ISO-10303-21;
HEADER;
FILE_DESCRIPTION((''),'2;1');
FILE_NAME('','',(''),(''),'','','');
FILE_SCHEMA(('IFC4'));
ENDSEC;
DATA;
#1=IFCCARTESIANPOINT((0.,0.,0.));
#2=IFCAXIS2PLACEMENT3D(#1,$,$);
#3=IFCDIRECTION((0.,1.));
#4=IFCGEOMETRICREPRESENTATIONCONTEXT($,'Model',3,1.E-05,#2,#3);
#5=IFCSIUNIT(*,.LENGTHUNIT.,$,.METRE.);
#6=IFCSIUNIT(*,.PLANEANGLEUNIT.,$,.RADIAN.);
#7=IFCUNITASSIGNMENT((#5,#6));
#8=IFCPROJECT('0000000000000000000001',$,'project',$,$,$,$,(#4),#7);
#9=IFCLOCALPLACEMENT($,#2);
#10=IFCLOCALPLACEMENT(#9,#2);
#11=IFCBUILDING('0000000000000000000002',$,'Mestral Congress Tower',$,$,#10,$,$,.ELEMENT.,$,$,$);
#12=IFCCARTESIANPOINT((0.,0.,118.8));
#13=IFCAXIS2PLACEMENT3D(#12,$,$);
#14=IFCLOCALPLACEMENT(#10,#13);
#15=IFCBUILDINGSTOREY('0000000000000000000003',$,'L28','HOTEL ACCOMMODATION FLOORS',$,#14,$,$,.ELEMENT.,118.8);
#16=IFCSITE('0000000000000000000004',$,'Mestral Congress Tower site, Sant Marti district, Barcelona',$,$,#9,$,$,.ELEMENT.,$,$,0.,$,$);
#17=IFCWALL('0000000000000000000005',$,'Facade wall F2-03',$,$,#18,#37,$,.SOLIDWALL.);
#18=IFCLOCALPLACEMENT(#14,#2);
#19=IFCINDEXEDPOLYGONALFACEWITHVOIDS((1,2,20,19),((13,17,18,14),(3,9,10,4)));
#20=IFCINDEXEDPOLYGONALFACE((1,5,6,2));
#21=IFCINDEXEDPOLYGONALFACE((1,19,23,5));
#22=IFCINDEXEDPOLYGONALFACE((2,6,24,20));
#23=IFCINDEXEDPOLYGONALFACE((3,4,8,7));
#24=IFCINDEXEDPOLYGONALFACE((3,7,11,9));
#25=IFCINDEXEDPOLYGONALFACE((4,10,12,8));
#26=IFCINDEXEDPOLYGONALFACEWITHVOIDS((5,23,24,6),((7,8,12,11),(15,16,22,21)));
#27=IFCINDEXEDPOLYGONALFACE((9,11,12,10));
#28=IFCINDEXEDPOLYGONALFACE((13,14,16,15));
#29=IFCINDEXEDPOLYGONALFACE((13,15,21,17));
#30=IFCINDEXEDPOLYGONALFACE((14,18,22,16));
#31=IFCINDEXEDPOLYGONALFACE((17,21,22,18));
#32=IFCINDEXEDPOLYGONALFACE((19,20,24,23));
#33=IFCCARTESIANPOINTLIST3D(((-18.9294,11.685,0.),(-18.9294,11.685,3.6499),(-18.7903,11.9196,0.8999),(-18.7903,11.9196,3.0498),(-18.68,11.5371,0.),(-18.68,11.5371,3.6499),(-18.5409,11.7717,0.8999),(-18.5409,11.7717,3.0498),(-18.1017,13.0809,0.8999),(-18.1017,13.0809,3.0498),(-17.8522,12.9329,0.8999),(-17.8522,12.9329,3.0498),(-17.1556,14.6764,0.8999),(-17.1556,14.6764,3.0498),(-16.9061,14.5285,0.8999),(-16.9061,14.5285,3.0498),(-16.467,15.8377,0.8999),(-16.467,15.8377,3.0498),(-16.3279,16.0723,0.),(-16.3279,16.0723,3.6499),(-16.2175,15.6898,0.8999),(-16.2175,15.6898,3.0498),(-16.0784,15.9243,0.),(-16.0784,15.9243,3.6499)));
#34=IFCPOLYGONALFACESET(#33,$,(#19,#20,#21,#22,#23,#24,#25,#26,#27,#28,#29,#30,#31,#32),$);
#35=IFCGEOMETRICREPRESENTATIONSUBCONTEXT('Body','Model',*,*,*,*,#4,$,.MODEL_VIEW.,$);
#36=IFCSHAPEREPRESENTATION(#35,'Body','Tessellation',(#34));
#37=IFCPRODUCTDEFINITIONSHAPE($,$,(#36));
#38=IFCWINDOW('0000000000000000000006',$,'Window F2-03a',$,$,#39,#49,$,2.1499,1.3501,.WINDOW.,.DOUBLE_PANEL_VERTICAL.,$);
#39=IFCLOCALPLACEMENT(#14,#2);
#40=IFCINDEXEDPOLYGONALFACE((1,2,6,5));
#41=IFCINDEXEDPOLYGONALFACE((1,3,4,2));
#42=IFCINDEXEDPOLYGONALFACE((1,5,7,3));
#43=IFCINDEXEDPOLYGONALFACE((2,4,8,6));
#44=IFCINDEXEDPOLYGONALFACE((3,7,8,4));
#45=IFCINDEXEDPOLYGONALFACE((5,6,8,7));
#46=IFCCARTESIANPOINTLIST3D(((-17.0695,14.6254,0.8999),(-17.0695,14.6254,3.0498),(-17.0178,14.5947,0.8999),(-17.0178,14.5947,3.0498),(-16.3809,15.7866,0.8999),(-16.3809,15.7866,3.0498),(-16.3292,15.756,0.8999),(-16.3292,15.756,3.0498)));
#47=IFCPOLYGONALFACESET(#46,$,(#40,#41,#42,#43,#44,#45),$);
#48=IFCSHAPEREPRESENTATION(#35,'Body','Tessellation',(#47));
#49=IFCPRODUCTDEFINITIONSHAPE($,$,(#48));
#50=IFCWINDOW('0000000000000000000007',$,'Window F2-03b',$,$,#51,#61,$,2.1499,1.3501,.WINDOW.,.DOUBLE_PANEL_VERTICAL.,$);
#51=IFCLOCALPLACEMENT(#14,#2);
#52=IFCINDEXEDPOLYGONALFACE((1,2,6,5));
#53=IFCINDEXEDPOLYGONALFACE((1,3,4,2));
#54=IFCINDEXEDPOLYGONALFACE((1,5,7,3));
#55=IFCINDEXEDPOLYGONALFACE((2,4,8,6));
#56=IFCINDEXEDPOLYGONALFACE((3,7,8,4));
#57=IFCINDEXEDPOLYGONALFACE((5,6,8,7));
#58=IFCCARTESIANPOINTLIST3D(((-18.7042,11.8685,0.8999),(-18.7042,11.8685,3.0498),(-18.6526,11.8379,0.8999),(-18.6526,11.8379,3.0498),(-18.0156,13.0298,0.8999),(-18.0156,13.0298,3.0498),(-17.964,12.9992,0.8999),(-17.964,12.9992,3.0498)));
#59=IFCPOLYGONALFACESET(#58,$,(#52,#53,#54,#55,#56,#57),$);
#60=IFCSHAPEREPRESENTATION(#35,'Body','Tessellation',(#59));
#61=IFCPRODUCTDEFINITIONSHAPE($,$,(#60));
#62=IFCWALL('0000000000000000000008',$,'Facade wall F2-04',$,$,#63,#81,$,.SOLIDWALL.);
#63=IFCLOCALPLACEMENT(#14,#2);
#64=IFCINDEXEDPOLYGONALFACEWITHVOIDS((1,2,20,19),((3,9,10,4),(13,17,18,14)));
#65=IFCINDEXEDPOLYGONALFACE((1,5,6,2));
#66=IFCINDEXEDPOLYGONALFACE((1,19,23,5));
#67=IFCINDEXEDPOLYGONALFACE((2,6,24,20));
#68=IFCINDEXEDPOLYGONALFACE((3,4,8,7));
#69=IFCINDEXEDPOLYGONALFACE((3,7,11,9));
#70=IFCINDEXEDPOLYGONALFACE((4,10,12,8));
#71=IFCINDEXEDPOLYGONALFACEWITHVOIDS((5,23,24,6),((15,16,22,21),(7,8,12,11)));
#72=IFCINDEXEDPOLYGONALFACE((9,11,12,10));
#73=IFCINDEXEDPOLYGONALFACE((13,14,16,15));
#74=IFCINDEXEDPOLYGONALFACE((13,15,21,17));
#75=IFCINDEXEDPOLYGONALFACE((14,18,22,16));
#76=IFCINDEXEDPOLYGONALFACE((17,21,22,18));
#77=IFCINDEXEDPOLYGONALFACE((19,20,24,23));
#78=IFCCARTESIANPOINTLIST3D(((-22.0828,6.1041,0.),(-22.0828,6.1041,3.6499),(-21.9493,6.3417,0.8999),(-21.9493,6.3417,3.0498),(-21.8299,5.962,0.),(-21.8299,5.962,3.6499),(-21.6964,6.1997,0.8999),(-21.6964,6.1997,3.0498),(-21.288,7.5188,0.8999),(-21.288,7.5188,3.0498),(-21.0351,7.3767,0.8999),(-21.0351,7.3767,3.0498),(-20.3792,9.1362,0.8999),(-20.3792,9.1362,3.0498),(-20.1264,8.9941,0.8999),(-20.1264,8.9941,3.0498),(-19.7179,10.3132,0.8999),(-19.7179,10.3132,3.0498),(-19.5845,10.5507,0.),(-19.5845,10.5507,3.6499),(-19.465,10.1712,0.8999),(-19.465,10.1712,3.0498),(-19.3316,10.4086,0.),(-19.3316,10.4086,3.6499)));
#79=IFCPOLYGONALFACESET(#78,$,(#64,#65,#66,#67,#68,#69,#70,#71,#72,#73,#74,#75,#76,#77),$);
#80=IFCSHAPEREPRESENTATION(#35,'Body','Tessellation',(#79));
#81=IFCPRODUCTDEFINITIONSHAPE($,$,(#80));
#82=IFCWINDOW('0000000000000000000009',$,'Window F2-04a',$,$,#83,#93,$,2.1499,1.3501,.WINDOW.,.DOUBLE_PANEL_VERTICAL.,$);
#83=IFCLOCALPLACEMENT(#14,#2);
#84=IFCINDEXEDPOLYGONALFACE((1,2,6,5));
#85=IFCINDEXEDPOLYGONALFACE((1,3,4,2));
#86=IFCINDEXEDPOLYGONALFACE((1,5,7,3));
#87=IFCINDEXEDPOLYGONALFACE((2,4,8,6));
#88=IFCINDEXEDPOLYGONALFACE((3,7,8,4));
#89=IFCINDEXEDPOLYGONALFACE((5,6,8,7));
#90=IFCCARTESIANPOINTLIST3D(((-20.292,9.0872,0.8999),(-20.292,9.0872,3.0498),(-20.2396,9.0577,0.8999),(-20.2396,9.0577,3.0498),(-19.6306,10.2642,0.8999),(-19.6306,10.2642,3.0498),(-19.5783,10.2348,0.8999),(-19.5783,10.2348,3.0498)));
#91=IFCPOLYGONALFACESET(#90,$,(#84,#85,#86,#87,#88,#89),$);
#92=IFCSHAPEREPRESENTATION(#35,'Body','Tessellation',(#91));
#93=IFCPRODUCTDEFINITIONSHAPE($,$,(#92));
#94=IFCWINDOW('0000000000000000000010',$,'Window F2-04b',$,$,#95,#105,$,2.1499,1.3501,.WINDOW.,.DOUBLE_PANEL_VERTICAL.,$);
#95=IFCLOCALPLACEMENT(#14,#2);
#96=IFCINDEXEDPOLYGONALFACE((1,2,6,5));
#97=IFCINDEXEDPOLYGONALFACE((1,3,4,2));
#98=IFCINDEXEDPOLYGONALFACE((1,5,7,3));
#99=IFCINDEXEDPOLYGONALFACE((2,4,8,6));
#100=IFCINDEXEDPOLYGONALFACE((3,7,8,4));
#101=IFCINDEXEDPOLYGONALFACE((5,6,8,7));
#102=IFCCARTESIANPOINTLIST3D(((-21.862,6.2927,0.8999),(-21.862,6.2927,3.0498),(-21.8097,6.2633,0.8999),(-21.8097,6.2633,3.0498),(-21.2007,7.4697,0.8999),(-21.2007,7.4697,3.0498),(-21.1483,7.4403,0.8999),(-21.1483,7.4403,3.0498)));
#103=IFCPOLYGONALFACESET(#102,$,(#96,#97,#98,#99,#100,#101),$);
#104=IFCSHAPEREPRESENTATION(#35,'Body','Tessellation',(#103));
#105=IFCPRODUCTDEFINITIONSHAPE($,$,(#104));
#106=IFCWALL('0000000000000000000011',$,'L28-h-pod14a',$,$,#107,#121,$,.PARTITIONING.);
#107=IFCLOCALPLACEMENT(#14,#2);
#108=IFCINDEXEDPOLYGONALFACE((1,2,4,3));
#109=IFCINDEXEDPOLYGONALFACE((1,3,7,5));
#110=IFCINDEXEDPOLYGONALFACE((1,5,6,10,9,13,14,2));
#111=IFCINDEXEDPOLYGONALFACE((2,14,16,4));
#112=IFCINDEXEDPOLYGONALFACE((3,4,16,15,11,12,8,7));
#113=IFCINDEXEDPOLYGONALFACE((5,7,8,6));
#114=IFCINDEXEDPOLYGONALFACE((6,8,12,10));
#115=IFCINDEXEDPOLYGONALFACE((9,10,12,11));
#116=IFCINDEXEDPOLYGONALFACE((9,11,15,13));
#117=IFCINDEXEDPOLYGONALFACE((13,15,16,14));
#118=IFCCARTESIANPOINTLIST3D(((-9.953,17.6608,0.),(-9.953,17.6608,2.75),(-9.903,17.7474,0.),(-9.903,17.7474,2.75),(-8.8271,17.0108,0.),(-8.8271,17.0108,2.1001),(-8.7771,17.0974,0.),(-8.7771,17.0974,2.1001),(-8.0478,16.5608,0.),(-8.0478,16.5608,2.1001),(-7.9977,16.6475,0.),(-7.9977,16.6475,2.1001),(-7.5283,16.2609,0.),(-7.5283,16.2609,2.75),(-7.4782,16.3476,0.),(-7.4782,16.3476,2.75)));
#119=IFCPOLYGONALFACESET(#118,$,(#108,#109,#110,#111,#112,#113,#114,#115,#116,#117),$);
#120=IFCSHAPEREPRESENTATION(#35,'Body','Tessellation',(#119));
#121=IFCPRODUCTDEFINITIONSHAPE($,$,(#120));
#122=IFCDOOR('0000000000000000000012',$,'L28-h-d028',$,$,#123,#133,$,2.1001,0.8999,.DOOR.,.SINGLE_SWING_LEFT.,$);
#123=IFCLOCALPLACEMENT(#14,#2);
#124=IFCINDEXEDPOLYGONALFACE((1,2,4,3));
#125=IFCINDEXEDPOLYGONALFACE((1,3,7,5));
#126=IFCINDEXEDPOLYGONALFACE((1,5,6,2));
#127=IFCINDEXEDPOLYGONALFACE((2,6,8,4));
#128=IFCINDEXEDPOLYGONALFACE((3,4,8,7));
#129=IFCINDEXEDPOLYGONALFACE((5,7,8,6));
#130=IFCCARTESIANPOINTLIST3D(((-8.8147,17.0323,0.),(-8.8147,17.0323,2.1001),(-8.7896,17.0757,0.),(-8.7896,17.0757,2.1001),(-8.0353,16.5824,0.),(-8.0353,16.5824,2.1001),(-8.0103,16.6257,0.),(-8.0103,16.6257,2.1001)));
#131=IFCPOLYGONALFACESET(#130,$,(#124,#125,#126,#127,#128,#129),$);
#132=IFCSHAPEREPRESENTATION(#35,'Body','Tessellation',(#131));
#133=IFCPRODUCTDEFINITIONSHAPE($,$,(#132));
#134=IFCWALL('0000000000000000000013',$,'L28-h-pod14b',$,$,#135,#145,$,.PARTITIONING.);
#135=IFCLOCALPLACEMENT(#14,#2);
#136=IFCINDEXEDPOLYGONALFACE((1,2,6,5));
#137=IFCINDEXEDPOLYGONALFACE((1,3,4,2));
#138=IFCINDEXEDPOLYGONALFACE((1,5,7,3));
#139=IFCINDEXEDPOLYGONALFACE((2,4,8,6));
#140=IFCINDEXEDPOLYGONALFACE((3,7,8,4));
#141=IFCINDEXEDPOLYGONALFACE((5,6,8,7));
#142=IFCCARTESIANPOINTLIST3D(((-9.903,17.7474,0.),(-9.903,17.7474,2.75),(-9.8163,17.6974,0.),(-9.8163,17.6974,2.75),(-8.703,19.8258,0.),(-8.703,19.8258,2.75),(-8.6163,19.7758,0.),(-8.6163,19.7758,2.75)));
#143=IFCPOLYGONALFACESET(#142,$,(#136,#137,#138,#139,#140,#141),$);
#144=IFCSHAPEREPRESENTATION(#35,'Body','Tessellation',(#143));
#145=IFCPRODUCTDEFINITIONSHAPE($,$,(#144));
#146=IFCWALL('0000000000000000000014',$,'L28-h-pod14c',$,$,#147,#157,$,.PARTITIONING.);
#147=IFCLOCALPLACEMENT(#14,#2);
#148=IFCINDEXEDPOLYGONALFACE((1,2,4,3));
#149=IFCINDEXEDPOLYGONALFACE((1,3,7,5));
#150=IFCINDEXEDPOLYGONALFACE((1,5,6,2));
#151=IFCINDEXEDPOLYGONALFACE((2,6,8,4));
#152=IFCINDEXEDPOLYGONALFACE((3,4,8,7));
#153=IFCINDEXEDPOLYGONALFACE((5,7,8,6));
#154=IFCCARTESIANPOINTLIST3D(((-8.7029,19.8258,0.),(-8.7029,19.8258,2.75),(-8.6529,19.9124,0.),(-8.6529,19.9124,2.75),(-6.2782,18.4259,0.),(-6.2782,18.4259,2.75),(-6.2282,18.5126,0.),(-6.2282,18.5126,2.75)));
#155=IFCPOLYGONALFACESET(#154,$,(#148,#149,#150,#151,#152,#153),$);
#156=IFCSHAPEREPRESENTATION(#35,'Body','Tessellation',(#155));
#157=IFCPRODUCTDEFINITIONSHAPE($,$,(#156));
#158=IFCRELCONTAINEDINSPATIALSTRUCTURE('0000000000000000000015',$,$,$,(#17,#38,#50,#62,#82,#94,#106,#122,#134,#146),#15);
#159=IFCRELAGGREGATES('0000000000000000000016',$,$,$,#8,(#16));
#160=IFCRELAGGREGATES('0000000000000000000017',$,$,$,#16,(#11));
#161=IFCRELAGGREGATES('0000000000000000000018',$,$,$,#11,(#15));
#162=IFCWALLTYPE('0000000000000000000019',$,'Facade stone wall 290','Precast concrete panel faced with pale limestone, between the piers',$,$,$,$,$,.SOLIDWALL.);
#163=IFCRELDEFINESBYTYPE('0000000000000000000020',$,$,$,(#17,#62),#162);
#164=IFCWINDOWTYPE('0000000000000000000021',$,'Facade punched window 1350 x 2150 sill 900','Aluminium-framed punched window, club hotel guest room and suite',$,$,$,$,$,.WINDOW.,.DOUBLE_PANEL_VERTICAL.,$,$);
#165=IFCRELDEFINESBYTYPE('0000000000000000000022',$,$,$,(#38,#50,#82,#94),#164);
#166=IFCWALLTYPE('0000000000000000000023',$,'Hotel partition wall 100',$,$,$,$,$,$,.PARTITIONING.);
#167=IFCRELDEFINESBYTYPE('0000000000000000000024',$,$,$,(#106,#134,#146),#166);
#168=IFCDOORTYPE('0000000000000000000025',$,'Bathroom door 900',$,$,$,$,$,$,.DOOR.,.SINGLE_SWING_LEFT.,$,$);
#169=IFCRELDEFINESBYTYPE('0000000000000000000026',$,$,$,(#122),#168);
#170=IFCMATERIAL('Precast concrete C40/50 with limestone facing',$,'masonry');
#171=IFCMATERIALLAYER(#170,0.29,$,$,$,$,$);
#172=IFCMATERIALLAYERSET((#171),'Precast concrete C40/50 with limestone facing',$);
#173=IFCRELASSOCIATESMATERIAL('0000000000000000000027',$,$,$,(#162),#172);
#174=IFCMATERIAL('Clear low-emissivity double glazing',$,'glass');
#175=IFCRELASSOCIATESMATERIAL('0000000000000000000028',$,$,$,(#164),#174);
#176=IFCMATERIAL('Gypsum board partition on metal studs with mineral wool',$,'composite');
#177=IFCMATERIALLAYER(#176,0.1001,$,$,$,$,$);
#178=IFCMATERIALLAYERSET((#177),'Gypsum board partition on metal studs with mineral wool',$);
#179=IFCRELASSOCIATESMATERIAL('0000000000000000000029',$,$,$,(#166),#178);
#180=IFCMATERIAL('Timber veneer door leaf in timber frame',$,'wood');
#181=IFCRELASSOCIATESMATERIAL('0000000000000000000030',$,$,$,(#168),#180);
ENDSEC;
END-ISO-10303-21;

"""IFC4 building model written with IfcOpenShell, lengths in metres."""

from ifc_helpers import new_model, si_unit, direction, frame, frame_2d, origin, place, context, subcontext, project, spatial, rectangle, extrude, material, layer, layer_set, type_object, element, fill, save


model = new_model("IFC4")

# Units and contexts
model_context = context("Model", 3, precision=1e-05, world=origin(), true_north=direction((0.0, 1.0)))
body_context = subcontext(model_context, "Body", "Model", "MODEL_VIEW")
ifc_project = project(units=[si_unit("LENGTHUNIT", "METRE"), si_unit("PLANEANGLEUNIT", "RADIAN")], contexts=[model_context])

# Site, building, storey
site_placement = place(None, origin())
site = spatial("IfcSite", under=ifc_project, at=site_placement, Name="Mestral Congress Tower site, Sant Marti district, Barcelona", CompositionType="ELEMENT", RefElevation=0.0)
building_placement = place(site_placement, origin())
building = spatial("IfcBuilding", under=site, at=building_placement, Name="Mestral Congress Tower", CompositionType="ELEMENT")
storey_placement = place(building_placement, frame((0.0, 0.0, 118.8)))
storey = spatial("IfcBuildingStorey", under=building, at=storey_placement, Name="L28", Description="HOTEL ACCOMMODATION FLOORS", CompositionType="ELEMENT", Elevation=118.8)

# Walls, openings, windows
ifc_material_1 = material(Name="Precast concrete C40/50 with limestone facing", Category="masonry")
ifc_layer_1 = layer(ifc_material_1, 0.29)
ifc_layer_set_1 = layer_set([ifc_layer_1], Name="Precast concrete C40/50 with limestone facing")
wall_type_1 = type_object("IfcWallType", Name="Facade stone wall 290", Description="Precast concrete panel faced with pale limestone, between the piers", PredefinedType="SOLIDWALL", material=ifc_layer_set_1)
ifc_material_2 = material(Name="Clear low-emissivity double glazing", Category="glass")
window_type = type_object("IfcWindowType", Name="Facade punched window 1350 x 2150 sill 900", Description="Aluminium-framed punched window, club hotel guest room and suite", PartitioningType="DOUBLE_PANEL_VERTICAL", PredefinedType="WINDOW", material=ifc_material_2)
wall_1_placement = place(storey_placement, frame((-16.2031, 15.9983, 0.0), z_axis=(0.0, 0.0, 1.0), x_axis=(-0.510054, -0.860142, 0.0)))
wall_1 = element("IfcWall", 1, at=wall_1_placement, inside=storey, type_object=wall_type_1, Name="Facade wall F2-03", PredefinedType="SOLIDWALL", context=body_context, shape_type="SweptSolid", body=[
    extrude(rectangle(XDim=5.1006, YDim=0.29, at=frame_2d((2.5503, 0.0))), origin(), (0.0, 0.0, 1.0), 3.6499),
])
opening_1_placement = place(wall_1_placement, frame((0.2727, 0.0, 0.8999)))
opening_1 = element("IfcOpeningElement", 2, at=opening_1_placement, cuts=wall_1, PredefinedType="OPENING", context=body_context, shape_type="SweptSolid", body=[
    extrude(rectangle(XDim=1.3501, YDim=2.1499, at=frame_2d((0.675, 1.075))), frame((0.0, 0.155, 0.0), z_axis=(0.0, -1.0, 0.0), x_axis=(1.0, 0.0, 0.0)), (0.0, 0.0, 1.0), 0.3101),
])
opening_2_placement = place(wall_1_placement, frame((3.4778, 0.0, 0.8999)))
opening_2 = element("IfcOpeningElement", 3, at=opening_2_placement, cuts=wall_1, PredefinedType="OPENING", context=body_context, shape_type="SweptSolid", body=[
    extrude(rectangle(XDim=1.3501, YDim=2.1499, at=frame_2d((0.675, 1.075))), frame((0.0, 0.155, 0.0), z_axis=(0.0, -1.0, 0.0), x_axis=(1.0, 0.0, 0.0)), (0.0, 0.0, 1.0), 0.3101),
])
window_1_placement = place(opening_1_placement, origin())
window_1 = element("IfcWindow", 4, at=window_1_placement, inside=storey, type_object=window_type, Name="Window F2-03a", OverallHeight=2.1499, OverallWidth=1.3501, PartitioningType="DOUBLE_PANEL_VERTICAL", PredefinedType="WINDOW", context=body_context, shape_type="SweptSolid", body=[
    extrude(rectangle(XDim=1.3501, YDim=2.1499, at=frame_2d((0.675, 1.075))), frame((0.0, 0.0151, 0.0), z_axis=(0.0, -1.0, 0.0), x_axis=(1.0, 0.0, 0.0)), (0.0, 0.0, 1.0), 0.0601),
])
fill(opening_1, window_1)
window_2_placement = place(opening_2_placement, origin())
window_2 = element("IfcWindow", 5, at=window_2_placement, inside=storey, type_object=window_type, Name="Window F2-03b", OverallHeight=2.1499, OverallWidth=1.3501, PartitioningType="DOUBLE_PANEL_VERTICAL", PredefinedType="WINDOW", context=body_context, shape_type="SweptSolid", body=[
    extrude(rectangle(XDim=1.3501, YDim=2.1499, at=frame_2d((0.675, 1.075))), frame((0.0, 0.0151, 0.0), z_axis=(0.0, -1.0, 0.0), x_axis=(1.0, 0.0, 0.0)), (0.0, 0.0, 1.0), 0.0601),
])
fill(opening_2, window_2)
wall_2_placement = place(storey_placement, frame((-19.458, 10.4797, 0.0), z_axis=(0.0, 0.0, 1.0), x_axis=(-0.489832, -0.871817, 0.0)))
wall_2 = element("IfcWall", 6, at=wall_2_placement, inside=storey, type_object=wall_type_1, Name="Facade wall F2-04", PredefinedType="SOLIDWALL", context=body_context, shape_type="SweptSolid", body=[
    extrude(rectangle(XDim=5.1003, YDim=0.29, at=frame_2d((2.5503, 0.0))), origin(), (0.0, 0.0, 1.0), 3.6499),
])
opening_3_placement = place(wall_2_placement, frame((0.2725, 0.0, 0.8999)))
opening_3 = element("IfcOpeningElement", 7, at=opening_3_placement, cuts=wall_2, PredefinedType="OPENING", context=body_context, shape_type="SweptSolid", body=[
    extrude(rectangle(XDim=1.3501, YDim=2.1499, at=frame_2d((0.675, 1.075))), frame((0.0, 0.155, 0.0), z_axis=(0.0, -1.0, 0.0), x_axis=(1.0, 0.0, 0.0)), (0.0, 0.0, 1.0), 0.3101),
])
opening_4_placement = place(wall_2_placement, frame((3.4778, 0.0, 0.8999)))
opening_4 = element("IfcOpeningElement", 8, at=opening_4_placement, cuts=wall_2, PredefinedType="OPENING", context=body_context, shape_type="SweptSolid", body=[
    extrude(rectangle(XDim=1.3501, YDim=2.1499, at=frame_2d((0.675, 1.075))), frame((0.0, 0.155, 0.0), z_axis=(0.0, -1.0, 0.0), x_axis=(1.0, 0.0, 0.0)), (0.0, 0.0, 1.0), 0.3101),
])
window_3_placement = place(opening_3_placement, origin())
window_3 = element("IfcWindow", 9, at=window_3_placement, inside=storey, type_object=window_type, Name="Window F2-04a", OverallHeight=2.1499, OverallWidth=1.3501, PartitioningType="DOUBLE_PANEL_VERTICAL", PredefinedType="WINDOW", context=body_context, shape_type="SweptSolid", body=[
    extrude(rectangle(XDim=1.3501, YDim=2.1499, at=frame_2d((0.675, 1.075))), frame((0.0, 0.0151, 0.0), z_axis=(0.0, -1.0, 0.0), x_axis=(1.0, 0.0, 0.0)), (0.0, 0.0, 1.0), 0.0601),
])
fill(opening_3, window_3)
window_4_placement = place(opening_4_placement, origin())
window_4 = element("IfcWindow", 10, at=window_4_placement, inside=storey, type_object=window_type, Name="Window F2-04b", OverallHeight=2.1499, OverallWidth=1.3501, PartitioningType="DOUBLE_PANEL_VERTICAL", PredefinedType="WINDOW", context=body_context, shape_type="SweptSolid", body=[
    extrude(rectangle(XDim=1.3501, YDim=2.1499, at=frame_2d((0.675, 1.075))), frame((0.0, 0.0151, 0.0), z_axis=(0.0, -1.0, 0.0), x_axis=(1.0, 0.0, 0.0)), (0.0, 0.0, 1.0), 0.0601),
])
fill(opening_4, window_4)

# Wall, opening, door
ifc_material_3 = material(Name="Gypsum board partition on metal studs with mineral wool", Category="composite")
ifc_layer_2 = layer(ifc_material_3, 0.1001)
ifc_layer_set_2 = layer_set([ifc_layer_2], Name="Gypsum board partition on metal studs with mineral wool")
wall_type_2 = type_object("IfcWallType", Name="Hotel partition wall 100", PredefinedType="PARTITIONING", material=ifc_layer_set_2)
wall_3_placement = place(storey_placement, frame((-9.928, 17.7041, 0.0), z_axis=(0.0, 0.0, 1.0), x_axis=(0.866035, -0.499984, 0.0)))
wall_3 = element("IfcWall", 11, at=wall_3_placement, inside=storey, type_object=wall_type_2, Name="L28-h-pod14a", PredefinedType="PARTITIONING", context=body_context, shape_type="SweptSolid", body=[
    extrude(rectangle(XDim=2.7998, YDim=0.1001, at=frame_2d((1.3999, 0.0))), origin(), (0.0, 0.0, 1.0), 2.75),
])
opening_5_placement = place(wall_3_placement, frame((1.3, 0.0, 0.0)))
opening_5 = element("IfcOpeningElement", 12, at=opening_5_placement, cuts=wall_3, PredefinedType="OPENING", context=body_context, shape_type="SweptSolid", body=[
    extrude(rectangle(XDim=0.8999, YDim=2.1001, at=frame_2d((0.45, 1.05))), frame((0.0, 0.0601, 0.0), z_axis=(0.0, -1.0, 0.0), x_axis=(1.0, 0.0, 0.0)), (0.0, 0.0, 1.0), 0.1201),
])
ifc_material_4 = material(Name="Timber veneer door leaf in timber frame", Category="wood")
door_type_1 = type_object("IfcDoorType", Name="Bathroom door 900", OperationType="SINGLE_SWING_LEFT", PredefinedType="DOOR", material=ifc_material_4)
door_1_placement = place(opening_5_placement, origin())
door_1 = element("IfcDoor", 13, at=door_1_placement, inside=storey, type_object=door_type_1, Name="L28-h-d028", OperationType="SINGLE_SWING_LEFT", OverallHeight=2.1001, OverallWidth=0.8999, PredefinedType="DOOR", context=body_context, shape_type="SweptSolid", body=[
    extrude(rectangle(XDim=0.8999, YDim=2.1001, at=frame_2d((0.45, 1.05))), frame((0.0, 0.0249, 0.0), z_axis=(0.0, -1.0, 0.0), x_axis=(1.0, 0.0, 0.0)), (0.0, 0.0, 1.0), 0.05),
])
fill(opening_5, door_1)

# Walls
wall_4_placement = place(storey_placement, frame((-9.8596, 17.7224, 0.0), z_axis=(0.0, 0.0, 1.0), x_axis=(0.500001, 0.866025, 0.0)))
element("IfcWall", 14, at=wall_4_placement, inside=storey, type_object=wall_type_2, Name="L28-h-pod14b", PredefinedType="PARTITIONING", context=body_context, shape_type="SweptSolid", body=[
    extrude(rectangle(XDim=2.3999, YDim=0.1001, at=frame_2d((1.2, 0.0))), origin(), (0.0, 0.0, 1.0), 2.75),
])
wall_5_placement = place(storey_placement, frame((-6.2532, 18.4692, 0.0), z_axis=(0.0, 0.0, 1.0), x_axis=(-0.866035, 0.499984, 0.0)))
element("IfcWall", 15, at=wall_5_placement, inside=storey, type_object=wall_type_2, Name="L28-h-pod14c", PredefinedType="PARTITIONING", context=body_context, shape_type="SweptSolid", body=[
    extrude(rectangle(XDim=2.7998, YDim=0.1001, at=frame_2d((1.3999, 0.0))), origin(), (0.0, 0.0, 1.0), 2.75),
])

save(model, "model.ifc")
